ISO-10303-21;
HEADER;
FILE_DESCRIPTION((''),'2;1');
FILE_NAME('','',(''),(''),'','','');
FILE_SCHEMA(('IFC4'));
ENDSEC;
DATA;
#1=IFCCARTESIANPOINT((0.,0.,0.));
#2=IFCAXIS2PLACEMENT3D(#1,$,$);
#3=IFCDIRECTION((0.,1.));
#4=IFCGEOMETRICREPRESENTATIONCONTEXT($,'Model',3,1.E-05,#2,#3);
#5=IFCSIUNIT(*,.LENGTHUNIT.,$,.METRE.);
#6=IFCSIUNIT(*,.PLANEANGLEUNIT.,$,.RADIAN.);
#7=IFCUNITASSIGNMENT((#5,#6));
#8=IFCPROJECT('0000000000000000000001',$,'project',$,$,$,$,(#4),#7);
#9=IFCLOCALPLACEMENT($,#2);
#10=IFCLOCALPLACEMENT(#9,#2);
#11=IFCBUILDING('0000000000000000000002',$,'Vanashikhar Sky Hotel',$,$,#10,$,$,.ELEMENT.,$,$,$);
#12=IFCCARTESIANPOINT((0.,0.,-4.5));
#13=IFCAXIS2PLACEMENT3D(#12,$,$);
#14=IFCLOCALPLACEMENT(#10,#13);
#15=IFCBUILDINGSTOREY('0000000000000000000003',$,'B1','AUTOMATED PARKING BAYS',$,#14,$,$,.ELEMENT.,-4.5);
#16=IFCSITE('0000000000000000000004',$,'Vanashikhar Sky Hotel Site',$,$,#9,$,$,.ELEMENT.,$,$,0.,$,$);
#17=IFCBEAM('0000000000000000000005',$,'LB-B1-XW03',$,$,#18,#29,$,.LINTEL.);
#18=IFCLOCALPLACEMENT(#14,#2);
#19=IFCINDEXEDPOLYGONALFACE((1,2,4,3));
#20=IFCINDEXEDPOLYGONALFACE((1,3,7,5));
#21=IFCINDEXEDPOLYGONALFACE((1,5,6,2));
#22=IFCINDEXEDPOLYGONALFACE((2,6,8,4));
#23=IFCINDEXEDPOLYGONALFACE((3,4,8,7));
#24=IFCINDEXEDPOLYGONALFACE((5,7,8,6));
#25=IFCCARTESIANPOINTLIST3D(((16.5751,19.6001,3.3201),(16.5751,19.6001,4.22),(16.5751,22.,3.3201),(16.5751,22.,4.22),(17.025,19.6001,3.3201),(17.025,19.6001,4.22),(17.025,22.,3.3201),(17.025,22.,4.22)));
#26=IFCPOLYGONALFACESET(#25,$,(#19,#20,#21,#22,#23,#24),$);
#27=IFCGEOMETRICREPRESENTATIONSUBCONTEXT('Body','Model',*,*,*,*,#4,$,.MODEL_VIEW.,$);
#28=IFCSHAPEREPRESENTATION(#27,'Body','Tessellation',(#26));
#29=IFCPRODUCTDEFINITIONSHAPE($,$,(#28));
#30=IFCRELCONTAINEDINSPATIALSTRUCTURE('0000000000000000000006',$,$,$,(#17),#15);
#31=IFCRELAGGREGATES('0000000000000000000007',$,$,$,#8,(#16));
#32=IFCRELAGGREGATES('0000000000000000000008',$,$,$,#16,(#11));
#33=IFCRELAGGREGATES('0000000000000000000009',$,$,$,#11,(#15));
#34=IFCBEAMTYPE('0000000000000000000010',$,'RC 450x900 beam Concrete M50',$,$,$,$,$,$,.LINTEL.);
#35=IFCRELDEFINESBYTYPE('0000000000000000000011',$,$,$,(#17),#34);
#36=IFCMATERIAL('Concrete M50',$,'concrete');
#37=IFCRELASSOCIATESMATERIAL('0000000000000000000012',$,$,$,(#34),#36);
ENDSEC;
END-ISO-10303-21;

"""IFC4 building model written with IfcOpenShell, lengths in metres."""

from ifc_helpers import new_model, si_unit, direction, frame, origin, origin_2d, place, context, subcontext, project, spatial, rectangle, extrude, source, transform, mapped, material, material_profile, profile_set, type_object, element, save


model = new_model("IFC4")

# Units and contexts
model_context = context("Model", 3, precision=1e-05, world=origin(), true_north=direction((0.0, 1.0)))
body_context = subcontext(model_context, "Body", "Model", "MODEL_VIEW")
ifc_project = project(units=[si_unit("LENGTHUNIT", "METRE"), si_unit("PLANEANGLEUNIT", "RADIAN")], contexts=[model_context])

# Site, building, storey
site_placement = place(None, origin())
site = spatial("IfcSite", under=ifc_project, at=site_placement, Name="Vanashikhar Sky Hotel Site", CompositionType="ELEMENT", RefElevation=0.0)
building_placement = place(site_placement, origin())
building = spatial("IfcBuilding", under=site, at=building_placement, Name="Vanashikhar Sky Hotel", CompositionType="ELEMENT")
storey_placement = place(building_placement, frame((0.0, 0.0, -4.5)))
storey = spatial("IfcBuildingStorey", under=building, at=storey_placement, Name="B1", Description="AUTOMATED PARKING BAYS", CompositionType="ELEMENT", Elevation=-4.5)

# Beam
ifc_material_1 = material(Name="Concrete M50", Category="concrete")
ifc_material_profile = material_profile(ifc_material_1, rectangle(XDim=0.45, YDim=0.8999, at=origin_2d()))
ifc_profile_set = profile_set([ifc_material_profile], Name="RC 450x900 beam Concrete M50")
beam_type = type_object("IfcBeamType", Name="RC 450x900 beam Concrete M50", PredefinedType="LINTEL", material=ifc_profile_set)
shared_shape_1 = source(origin(), body_context, "Body", "SweptSolid", [
    extrude(rectangle(XDim=0.45, YDim=0.8999, at=origin_2d()), origin(), (0.0, 0.0, 1.0), 2.3999),
])
beam_placement = place(storey_placement, frame((16.8, 19.6001, 3.77), z_axis=(0.0, 1.0, 0.0), x_axis=(-1.0, 0.0, 0.0)))
element("IfcBeam", 1, at=beam_placement, inside=storey, type_object=beam_type, Name="LB-B1-XW03", PredefinedType="LINTEL", context=body_context, shape_type="MappedRepresentation", body=[
    mapped(shared_shape_1, transform((0.0, 0.0, 0.0), scale=1.0)),
])

save(model, "model.ifc")
